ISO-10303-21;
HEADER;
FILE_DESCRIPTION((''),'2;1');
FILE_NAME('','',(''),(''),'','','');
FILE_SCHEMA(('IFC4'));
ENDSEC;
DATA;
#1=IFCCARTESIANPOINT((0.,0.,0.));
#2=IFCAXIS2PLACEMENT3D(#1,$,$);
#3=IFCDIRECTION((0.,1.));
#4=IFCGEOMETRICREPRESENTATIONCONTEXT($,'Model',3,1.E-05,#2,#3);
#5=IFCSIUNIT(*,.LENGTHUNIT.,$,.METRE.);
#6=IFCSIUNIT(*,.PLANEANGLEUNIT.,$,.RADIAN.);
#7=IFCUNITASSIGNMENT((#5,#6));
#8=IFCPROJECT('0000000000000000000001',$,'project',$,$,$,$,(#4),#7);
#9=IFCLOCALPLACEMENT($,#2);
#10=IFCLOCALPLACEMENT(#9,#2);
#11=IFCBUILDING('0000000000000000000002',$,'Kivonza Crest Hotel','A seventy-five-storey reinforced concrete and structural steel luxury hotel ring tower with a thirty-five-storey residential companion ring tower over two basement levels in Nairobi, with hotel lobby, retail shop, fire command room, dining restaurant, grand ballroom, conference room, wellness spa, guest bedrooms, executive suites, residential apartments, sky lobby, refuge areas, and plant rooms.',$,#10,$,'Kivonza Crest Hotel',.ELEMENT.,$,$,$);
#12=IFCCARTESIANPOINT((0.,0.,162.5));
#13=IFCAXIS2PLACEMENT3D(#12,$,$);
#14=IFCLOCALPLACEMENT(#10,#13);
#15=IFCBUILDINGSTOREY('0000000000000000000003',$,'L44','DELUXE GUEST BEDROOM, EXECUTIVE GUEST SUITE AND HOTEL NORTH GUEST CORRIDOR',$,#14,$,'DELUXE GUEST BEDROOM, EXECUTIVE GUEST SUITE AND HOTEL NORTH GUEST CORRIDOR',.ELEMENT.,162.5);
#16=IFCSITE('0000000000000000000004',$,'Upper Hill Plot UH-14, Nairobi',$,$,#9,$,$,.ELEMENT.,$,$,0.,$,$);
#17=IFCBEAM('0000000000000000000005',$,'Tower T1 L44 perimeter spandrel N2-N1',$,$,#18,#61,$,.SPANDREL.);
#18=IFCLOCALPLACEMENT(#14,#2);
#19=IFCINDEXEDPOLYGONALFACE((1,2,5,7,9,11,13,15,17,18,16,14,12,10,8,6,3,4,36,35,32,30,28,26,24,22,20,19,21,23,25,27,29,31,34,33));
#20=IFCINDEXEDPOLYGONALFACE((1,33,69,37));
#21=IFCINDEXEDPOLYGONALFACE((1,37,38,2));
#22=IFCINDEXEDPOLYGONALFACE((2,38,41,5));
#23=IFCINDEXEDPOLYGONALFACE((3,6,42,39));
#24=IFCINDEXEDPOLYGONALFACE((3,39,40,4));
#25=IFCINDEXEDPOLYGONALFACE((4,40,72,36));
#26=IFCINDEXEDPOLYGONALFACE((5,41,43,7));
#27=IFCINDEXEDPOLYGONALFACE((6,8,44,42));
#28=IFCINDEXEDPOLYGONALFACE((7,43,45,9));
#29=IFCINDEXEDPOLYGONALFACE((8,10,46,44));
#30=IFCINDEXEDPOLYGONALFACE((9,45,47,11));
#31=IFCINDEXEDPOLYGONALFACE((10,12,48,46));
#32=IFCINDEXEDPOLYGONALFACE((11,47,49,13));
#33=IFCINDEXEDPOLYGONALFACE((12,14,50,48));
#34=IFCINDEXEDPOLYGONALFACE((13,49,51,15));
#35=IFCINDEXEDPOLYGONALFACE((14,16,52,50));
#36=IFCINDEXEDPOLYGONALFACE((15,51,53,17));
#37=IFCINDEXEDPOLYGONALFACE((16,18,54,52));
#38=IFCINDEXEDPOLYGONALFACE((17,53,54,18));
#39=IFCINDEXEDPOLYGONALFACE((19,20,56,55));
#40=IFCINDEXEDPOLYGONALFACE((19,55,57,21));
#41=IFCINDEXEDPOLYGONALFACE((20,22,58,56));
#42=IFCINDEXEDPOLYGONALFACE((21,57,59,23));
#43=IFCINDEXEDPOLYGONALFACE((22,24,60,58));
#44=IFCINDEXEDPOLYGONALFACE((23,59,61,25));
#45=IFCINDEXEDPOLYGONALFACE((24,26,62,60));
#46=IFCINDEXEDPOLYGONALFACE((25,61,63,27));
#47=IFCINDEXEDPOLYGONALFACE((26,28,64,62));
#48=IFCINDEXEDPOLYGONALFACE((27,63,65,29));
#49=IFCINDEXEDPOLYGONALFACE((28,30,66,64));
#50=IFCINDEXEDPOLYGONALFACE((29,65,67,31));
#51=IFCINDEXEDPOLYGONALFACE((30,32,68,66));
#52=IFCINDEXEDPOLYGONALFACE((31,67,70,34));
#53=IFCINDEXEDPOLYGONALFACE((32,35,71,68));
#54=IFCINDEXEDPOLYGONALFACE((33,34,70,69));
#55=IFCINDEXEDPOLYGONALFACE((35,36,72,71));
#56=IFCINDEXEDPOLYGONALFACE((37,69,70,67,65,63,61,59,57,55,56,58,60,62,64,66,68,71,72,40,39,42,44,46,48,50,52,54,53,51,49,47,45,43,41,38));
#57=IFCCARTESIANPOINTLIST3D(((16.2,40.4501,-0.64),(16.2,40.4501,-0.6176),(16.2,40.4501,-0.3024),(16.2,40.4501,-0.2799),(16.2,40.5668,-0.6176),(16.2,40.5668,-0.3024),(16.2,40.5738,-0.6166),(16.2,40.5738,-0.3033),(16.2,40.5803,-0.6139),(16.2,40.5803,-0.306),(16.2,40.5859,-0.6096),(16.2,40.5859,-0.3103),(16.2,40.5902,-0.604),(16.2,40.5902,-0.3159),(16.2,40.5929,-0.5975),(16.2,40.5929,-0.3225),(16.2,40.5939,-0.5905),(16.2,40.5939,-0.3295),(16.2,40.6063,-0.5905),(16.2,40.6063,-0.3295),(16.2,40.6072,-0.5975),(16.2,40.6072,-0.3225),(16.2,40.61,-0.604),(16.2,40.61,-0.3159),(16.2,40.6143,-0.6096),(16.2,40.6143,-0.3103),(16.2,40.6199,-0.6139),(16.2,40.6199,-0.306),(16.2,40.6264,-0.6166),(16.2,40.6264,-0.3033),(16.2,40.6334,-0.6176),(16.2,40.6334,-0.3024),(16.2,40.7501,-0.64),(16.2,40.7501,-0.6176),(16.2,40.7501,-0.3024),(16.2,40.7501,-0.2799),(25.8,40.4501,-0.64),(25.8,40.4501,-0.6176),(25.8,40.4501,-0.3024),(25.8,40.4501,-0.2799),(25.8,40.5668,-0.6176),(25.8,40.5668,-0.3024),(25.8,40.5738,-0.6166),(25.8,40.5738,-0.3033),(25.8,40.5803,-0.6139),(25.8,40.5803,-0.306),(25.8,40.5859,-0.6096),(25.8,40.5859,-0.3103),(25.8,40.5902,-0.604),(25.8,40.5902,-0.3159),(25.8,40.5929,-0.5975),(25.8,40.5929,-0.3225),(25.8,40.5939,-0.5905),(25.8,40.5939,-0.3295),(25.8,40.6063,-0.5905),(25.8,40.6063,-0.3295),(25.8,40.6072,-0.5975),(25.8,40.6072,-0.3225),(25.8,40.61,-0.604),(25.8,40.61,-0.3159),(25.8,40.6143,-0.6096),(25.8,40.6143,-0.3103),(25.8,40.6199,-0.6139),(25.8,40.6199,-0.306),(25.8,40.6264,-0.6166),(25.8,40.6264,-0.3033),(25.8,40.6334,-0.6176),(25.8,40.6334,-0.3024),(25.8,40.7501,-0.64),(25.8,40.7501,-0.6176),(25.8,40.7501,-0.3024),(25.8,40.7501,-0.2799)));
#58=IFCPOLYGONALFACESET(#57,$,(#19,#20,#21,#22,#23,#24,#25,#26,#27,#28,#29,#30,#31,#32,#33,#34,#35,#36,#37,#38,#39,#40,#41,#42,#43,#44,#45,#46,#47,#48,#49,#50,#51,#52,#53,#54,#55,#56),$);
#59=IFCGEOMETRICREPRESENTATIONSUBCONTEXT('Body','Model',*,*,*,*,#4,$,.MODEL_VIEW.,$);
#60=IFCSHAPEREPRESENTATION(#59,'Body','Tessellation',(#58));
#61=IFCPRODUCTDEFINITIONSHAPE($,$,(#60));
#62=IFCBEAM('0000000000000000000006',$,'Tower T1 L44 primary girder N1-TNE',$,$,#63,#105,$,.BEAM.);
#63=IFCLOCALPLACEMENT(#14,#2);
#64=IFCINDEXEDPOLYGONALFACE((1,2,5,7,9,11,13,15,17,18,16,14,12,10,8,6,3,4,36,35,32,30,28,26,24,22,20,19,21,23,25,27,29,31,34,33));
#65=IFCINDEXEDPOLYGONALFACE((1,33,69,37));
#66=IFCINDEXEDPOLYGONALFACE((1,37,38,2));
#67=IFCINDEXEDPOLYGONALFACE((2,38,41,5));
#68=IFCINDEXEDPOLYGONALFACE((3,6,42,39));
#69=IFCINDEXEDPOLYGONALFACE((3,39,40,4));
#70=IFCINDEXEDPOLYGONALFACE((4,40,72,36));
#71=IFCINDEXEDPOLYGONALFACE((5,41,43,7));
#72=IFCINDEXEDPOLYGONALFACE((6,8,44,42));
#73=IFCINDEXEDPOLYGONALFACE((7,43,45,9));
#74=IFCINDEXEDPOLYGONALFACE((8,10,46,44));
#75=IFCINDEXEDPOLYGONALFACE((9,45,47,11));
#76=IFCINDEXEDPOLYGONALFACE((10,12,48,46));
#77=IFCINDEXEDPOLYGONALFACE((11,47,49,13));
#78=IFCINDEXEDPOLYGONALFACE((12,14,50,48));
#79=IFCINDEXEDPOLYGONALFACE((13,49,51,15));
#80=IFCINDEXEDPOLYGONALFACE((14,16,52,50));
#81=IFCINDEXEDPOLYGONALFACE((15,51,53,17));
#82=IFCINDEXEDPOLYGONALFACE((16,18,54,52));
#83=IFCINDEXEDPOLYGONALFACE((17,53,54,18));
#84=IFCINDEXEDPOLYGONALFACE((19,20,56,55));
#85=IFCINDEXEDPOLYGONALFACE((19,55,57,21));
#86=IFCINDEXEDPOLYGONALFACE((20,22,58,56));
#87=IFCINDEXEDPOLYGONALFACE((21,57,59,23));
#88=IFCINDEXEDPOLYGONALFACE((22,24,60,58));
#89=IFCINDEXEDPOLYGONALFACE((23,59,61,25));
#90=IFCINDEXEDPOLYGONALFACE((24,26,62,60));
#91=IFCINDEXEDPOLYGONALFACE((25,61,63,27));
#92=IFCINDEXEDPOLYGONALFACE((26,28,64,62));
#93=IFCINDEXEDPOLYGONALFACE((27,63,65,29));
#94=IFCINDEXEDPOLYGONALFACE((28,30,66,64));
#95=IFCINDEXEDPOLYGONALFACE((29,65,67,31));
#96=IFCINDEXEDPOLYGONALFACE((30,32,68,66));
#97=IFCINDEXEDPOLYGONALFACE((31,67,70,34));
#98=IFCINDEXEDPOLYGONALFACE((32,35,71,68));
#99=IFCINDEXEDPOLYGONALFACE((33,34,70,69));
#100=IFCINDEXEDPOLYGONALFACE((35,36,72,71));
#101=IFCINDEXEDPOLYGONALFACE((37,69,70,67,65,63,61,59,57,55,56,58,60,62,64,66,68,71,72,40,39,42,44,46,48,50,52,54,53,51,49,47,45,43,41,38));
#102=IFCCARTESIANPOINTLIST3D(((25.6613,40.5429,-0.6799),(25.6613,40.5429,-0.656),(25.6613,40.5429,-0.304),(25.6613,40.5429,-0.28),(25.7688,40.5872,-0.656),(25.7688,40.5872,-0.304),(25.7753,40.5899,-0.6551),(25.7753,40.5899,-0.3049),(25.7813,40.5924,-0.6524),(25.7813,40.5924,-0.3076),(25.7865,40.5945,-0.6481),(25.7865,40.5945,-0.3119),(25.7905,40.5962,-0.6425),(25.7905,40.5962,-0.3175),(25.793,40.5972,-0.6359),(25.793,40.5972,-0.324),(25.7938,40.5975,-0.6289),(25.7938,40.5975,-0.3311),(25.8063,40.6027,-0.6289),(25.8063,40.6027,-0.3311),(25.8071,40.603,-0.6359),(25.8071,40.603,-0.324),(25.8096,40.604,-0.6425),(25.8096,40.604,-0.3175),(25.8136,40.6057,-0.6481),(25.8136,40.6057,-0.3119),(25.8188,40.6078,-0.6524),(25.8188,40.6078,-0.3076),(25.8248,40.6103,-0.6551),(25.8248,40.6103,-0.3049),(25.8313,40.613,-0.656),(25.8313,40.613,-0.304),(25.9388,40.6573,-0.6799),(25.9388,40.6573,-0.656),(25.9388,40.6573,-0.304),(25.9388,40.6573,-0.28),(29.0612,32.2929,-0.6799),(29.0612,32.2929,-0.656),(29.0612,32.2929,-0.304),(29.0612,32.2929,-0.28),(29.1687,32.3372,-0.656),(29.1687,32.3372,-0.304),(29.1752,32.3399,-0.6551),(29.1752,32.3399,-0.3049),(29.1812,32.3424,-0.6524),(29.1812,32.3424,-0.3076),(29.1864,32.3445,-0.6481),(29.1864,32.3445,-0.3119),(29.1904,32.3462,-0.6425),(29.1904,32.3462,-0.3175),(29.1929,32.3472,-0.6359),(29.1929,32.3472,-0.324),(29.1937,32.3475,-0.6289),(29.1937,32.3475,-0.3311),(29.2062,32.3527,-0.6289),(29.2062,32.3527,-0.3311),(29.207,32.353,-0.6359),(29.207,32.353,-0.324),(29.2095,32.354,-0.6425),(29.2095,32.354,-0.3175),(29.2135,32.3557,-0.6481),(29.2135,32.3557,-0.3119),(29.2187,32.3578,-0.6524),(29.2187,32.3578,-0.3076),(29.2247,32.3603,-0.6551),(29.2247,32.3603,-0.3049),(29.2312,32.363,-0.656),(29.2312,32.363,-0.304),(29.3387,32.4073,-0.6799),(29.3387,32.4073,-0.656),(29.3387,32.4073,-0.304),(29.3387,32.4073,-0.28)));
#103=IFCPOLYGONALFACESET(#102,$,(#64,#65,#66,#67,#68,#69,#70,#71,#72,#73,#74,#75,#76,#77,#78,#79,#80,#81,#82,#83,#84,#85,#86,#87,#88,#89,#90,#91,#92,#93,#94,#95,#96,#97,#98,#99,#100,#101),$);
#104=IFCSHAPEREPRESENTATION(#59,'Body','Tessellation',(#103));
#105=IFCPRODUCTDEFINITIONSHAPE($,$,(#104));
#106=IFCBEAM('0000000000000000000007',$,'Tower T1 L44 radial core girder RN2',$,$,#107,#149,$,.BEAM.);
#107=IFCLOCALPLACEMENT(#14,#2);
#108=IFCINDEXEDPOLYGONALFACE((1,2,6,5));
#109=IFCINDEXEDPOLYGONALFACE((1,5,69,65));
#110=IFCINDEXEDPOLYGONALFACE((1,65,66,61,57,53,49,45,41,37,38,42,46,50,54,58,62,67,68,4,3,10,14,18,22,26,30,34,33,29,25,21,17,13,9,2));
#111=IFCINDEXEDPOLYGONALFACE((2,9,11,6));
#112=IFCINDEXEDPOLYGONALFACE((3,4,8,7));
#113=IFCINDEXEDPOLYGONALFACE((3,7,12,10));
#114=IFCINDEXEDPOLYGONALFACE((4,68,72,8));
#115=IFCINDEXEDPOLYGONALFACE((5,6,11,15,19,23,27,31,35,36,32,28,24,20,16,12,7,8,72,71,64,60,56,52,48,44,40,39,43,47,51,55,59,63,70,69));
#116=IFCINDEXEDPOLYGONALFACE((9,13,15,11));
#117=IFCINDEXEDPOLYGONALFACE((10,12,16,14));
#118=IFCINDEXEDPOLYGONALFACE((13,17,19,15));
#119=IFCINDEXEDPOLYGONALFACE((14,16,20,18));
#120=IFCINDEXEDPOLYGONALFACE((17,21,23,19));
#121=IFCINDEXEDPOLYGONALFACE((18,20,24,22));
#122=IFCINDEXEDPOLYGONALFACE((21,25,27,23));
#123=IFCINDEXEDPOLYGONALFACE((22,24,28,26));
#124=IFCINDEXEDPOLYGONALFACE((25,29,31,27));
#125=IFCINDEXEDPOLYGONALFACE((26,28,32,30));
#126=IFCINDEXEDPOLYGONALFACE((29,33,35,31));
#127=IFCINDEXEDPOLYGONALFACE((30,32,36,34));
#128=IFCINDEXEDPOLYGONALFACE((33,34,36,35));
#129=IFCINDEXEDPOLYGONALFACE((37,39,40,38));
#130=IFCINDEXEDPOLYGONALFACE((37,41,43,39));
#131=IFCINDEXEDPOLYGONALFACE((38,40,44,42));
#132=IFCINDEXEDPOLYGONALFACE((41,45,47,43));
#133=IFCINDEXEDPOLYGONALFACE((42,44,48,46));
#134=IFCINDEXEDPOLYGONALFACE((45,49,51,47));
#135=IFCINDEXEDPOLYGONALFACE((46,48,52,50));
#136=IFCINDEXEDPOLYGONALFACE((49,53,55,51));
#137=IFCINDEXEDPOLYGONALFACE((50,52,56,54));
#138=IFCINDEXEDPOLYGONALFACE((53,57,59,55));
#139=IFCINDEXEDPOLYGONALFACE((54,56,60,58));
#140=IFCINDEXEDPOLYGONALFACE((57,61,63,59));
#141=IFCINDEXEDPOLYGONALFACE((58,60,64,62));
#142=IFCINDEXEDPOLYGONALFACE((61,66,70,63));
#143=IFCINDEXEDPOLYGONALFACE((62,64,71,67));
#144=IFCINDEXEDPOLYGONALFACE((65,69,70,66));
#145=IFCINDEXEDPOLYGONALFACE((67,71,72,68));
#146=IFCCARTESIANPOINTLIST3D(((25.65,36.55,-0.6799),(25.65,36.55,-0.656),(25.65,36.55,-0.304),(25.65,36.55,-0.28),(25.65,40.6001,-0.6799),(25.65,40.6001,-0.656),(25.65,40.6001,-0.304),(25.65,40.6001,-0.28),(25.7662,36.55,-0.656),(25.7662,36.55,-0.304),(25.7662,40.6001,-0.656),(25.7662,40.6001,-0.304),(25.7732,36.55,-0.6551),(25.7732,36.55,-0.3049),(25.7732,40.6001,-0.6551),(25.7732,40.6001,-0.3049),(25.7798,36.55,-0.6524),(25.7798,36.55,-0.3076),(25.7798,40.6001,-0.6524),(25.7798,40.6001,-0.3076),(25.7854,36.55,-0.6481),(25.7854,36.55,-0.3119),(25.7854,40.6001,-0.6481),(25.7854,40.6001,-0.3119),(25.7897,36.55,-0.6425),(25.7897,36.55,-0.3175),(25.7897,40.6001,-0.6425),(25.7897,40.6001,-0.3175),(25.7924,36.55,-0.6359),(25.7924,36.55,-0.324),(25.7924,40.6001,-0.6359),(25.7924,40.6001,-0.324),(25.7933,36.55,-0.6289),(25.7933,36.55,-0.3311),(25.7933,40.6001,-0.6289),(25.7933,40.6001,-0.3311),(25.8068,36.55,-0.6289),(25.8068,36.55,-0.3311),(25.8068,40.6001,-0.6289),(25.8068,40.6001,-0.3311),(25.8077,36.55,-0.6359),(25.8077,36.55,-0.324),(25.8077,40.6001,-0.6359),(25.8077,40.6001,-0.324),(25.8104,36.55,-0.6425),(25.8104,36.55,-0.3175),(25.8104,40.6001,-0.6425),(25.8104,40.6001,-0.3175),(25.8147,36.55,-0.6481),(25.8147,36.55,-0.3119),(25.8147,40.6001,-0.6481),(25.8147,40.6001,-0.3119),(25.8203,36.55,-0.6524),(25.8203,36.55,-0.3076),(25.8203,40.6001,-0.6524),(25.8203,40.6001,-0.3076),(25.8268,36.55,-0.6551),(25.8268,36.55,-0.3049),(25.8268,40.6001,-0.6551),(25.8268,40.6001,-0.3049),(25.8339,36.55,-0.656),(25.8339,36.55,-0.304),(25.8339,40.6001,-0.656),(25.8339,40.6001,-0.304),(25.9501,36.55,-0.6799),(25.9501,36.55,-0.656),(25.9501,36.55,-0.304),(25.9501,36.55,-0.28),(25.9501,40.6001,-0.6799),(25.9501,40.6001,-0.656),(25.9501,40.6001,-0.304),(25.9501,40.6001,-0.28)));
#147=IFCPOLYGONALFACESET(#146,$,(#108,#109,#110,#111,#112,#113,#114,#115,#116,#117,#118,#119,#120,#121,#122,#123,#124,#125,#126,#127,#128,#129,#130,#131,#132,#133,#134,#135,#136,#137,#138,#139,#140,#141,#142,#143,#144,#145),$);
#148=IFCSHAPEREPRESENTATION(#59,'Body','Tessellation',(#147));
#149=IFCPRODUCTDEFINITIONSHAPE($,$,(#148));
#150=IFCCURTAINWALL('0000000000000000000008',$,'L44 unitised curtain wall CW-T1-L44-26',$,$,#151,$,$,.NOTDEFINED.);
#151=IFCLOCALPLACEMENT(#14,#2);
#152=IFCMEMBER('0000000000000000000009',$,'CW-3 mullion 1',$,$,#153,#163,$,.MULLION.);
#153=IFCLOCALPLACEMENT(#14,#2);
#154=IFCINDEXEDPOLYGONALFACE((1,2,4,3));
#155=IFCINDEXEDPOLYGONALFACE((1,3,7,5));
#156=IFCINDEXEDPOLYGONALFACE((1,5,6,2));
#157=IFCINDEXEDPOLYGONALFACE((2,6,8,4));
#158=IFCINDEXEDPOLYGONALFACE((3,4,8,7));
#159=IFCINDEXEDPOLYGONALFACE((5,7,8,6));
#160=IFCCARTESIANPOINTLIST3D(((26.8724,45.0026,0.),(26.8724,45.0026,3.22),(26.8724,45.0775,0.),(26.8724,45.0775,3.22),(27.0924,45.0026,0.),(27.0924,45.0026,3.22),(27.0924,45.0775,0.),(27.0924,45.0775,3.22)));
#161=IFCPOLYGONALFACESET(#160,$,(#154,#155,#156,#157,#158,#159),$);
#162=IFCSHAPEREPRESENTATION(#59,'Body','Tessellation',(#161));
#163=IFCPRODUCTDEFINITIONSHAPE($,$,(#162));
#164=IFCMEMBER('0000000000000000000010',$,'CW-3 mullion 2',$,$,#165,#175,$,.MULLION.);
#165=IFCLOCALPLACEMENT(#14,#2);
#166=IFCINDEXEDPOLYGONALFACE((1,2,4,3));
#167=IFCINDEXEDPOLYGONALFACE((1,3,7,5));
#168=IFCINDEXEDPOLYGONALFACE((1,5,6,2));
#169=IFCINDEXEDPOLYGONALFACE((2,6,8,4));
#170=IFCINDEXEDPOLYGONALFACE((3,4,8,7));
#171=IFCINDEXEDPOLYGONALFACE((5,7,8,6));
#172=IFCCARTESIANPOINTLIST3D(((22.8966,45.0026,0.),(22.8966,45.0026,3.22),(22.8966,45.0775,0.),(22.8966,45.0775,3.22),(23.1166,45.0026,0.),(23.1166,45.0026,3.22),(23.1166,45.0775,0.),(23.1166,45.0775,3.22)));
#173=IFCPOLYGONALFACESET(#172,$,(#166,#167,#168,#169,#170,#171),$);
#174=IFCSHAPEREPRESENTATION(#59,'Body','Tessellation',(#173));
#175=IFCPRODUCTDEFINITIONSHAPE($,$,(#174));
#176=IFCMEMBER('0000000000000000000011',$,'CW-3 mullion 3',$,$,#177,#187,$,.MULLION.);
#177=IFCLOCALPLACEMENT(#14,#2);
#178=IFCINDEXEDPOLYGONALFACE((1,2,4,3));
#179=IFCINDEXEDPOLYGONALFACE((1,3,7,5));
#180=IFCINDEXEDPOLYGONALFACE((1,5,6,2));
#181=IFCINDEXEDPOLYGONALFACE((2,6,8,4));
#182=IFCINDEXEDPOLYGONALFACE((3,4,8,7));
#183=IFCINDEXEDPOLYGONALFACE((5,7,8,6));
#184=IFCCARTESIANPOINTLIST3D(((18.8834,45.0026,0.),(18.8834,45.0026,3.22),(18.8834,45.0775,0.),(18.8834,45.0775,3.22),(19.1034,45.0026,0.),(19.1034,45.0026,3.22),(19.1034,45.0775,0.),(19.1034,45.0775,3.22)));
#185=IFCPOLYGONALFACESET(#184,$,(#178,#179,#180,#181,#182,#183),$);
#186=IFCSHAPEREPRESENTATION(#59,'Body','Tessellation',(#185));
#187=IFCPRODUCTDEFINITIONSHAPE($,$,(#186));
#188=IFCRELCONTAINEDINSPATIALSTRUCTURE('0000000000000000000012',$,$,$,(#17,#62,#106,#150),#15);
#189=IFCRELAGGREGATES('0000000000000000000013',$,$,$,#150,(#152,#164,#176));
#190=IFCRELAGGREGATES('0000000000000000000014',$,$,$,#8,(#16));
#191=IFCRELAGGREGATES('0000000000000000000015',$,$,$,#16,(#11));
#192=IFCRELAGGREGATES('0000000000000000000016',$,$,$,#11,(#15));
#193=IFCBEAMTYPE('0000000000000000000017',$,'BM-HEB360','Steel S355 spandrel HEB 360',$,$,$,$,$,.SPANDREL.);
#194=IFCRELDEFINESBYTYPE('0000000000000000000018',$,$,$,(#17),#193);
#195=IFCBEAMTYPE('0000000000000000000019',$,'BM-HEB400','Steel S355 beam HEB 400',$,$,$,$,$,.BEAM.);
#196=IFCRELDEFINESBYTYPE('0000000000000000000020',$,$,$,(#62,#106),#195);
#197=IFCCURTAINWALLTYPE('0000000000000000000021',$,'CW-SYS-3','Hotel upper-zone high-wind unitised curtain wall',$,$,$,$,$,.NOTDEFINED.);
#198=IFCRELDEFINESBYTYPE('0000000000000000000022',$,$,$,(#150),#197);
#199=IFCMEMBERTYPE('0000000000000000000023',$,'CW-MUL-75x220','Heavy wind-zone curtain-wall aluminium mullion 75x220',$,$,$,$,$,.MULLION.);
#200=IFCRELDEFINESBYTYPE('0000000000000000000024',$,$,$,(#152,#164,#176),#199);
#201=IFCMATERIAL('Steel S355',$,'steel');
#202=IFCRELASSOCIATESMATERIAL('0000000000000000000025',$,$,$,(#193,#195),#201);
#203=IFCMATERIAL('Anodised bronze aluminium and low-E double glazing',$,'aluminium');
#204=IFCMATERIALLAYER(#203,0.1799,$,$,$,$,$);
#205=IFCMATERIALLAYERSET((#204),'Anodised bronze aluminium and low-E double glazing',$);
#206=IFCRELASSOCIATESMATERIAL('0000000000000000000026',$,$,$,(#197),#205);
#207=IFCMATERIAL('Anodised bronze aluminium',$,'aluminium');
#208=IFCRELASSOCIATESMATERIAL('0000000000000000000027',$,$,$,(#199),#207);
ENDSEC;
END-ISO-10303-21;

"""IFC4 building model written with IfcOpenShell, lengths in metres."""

from ifc_helpers import new_model, si_unit, direction, frame, origin, origin_2d, place, context, subcontext, project, spatial, rectangle, i_section, extrude, material, layer, layer_set, material_profile, profile_set, type_object, element, aggregate, save


model = new_model("IFC4")

# Units and contexts
model_context = context("Model", 3, precision=1e-05, world=origin(), true_north=direction((0.0, 1.0)))
body_context = subcontext(model_context, "Body", "Model", "MODEL_VIEW")
ifc_project = project(units=[si_unit("LENGTHUNIT", "METRE"), si_unit("PLANEANGLEUNIT", "RADIAN")], contexts=[model_context])

# Site, building, storey
site_placement = place(None, origin())
site = spatial("IfcSite", under=ifc_project, at=site_placement, Name="Upper Hill Plot UH-14, Nairobi", CompositionType="ELEMENT", RefElevation=0.0)
building_placement = place(site_placement, origin())
building = spatial("IfcBuilding", under=site, at=building_placement, Name="Kivonza Crest Hotel", Description="A seventy-five-storey reinforced concrete and structural steel luxury hotel ring tower with a thirty-five-storey residential companion ring tower over two basement levels in Nairobi, with hotel lobby, retail shop, fire command room, dining restaurant, grand ballroom, conference room, wellness spa, guest bedrooms, executive suites, residential apartments, sky lobby, refuge areas, and plant rooms.", LongName="Kivonza Crest Hotel", CompositionType="ELEMENT")
storey_placement = place(building_placement, frame((0.0, 0.0, 162.5)))
storey = spatial("IfcBuildingStorey", under=building, at=storey_placement, Name="L44", Description="DELUXE GUEST BEDROOM, EXECUTIVE GUEST SUITE AND HOTEL NORTH GUEST CORRIDOR", LongName="DELUXE GUEST BEDROOM, EXECUTIVE GUEST SUITE AND HOTEL NORTH GUEST CORRIDOR", CompositionType="ELEMENT", Elevation=162.5)

# Beams
ifc_material_1 = material(Name="Steel S355", Category="steel")
ifc_material_profile_1 = material_profile(ifc_material_1, i_section(OverallWidth=0.3, OverallDepth=0.3601, WebThickness=0.0125, FlangeThickness=0.0225, FilletRadius=0.0271, at=origin_2d()), Name="HEB 360")
ifc_profile_set_1 = profile_set([ifc_material_profile_1], Name="Steel S355")
beam_type_1 = type_object("IfcBeamType", Name="BM-HEB360", Description="Steel S355 spandrel HEB 360", PredefinedType="SPANDREL", material=ifc_profile_set_1)
beam_1_placement = place(storey_placement, frame((25.8, 40.6001, -0.46), z_axis=(-1.0, 0.0, 0.0), x_axis=(0.0, -1.0, 0.0)))
element("IfcBeam", 1, at=beam_1_placement, inside=storey, type_object=beam_type_1, Name="Tower T1 L44 perimeter spandrel N2-N1", PredefinedType="SPANDREL", context=body_context, shape_type="SweptSolid", body=[
    extrude(i_section(OverallWidth=0.3, OverallDepth=0.3601, WebThickness=0.0125, FlangeThickness=0.0225, FilletRadius=0.0271, at=origin_2d()), origin(), (0.0, 0.0, 1.0), 9.6001),
])
ifc_material_profile_2 = material_profile(ifc_material_1, i_section(OverallWidth=0.3, OverallDepth=0.3999, WebThickness=0.0134, FlangeThickness=0.0239, FilletRadius=0.0271, at=origin_2d()), Name="HEB 400")
ifc_profile_set_2 = profile_set([ifc_material_profile_2], Name="Steel S355")
beam_type_2 = type_object("IfcBeamType", Name="BM-HEB400", Description="Steel S355 beam HEB 400", PredefinedType="BEAM", material=ifc_profile_set_2)
beam_2_placement = place(storey_placement, frame((25.8, 40.6001, -0.48), z_axis=(0.381022, -0.924566, 0.0), x_axis=(0.924566, 0.381022, 0.0)))
element("IfcBeam", 2, at=beam_2_placement, inside=storey, type_object=beam_type_2, Name="Tower T1 L44 primary girder N1-TNE", PredefinedType="BEAM", context=body_context, shape_type="SweptSolid", body=[
    extrude(i_section(OverallWidth=0.3, OverallDepth=0.3999, WebThickness=0.0134, FlangeThickness=0.0239, FilletRadius=0.0271, at=origin_2d()), origin(), (0.0, 0.0, 1.0), 8.9231),
])
beam_3_placement = place(storey_placement, frame((25.8, 40.6001, -0.48), z_axis=(0.0, -1.0, 0.0), x_axis=(1.0, 0.0, 0.0)))
element("IfcBeam", 3, at=beam_3_placement, inside=storey, type_object=beam_type_2, Name="Tower T1 L44 radial core girder RN2", PredefinedType="BEAM", context=body_context, shape_type="SweptSolid", body=[
    extrude(i_section(OverallWidth=0.3, OverallDepth=0.3999, WebThickness=0.0134, FlangeThickness=0.0239, FilletRadius=0.0271, at=origin_2d()), origin(), (0.0, 0.0, 1.0), 4.05),
])

# Curtain wall, members
ifc_material_2 = material(Name="Anodised bronze aluminium and low-E double glazing", Category="aluminium")
ifc_layer_1 = layer(ifc_material_2, 0.1799)
ifc_layer_set_1 = layer_set([ifc_layer_1], Name="Anodised bronze aluminium and low-E double glazing")
curtain_wall_type = type_object("IfcCurtainWallType", Name="CW-SYS-3", Description="Hotel upper-zone high-wind unitised curtain wall", PredefinedType="NOTDEFINED", material=ifc_layer_set_1)
curtain_wall_placement = place(storey_placement, origin())
curtain_wall = element("IfcCurtainWall", 4, at=curtain_wall_placement, inside=storey, type_object=curtain_wall_type, Name="L44 unitised curtain wall CW-T1-L44-26", PredefinedType="NOTDEFINED")
ifc_material_3 = material(Name="Anodised bronze aluminium", Category="aluminium")
ifc_material_profile_3 = material_profile(ifc_material_3, rectangle(XDim=0.075, YDim=0.22, at=origin_2d()), Name="CW-M 75x220")
ifc_profile_set_3 = profile_set([ifc_material_profile_3], Name="Anodised bronze aluminium")
member_type_1 = type_object("IfcMemberType", Name="CW-MUL-75x220", Description="Heavy wind-zone curtain-wall aluminium mullion 75x220", PredefinedType="MULLION", material=ifc_profile_set_3)
member_1_placement = place(storey_placement, frame((26.9824, 45.04, 0.0), z_axis=(0.0, 0.0, 1.0), x_axis=(0.0, -1.0, 0.0)))
member_1 = element("IfcMember", 5, at=member_1_placement, type_object=member_type_1, Name="CW-3 mullion 1", PredefinedType="MULLION", context=body_context, shape_type="SweptSolid", body=[
    extrude(rectangle(XDim=0.075, YDim=0.22, at=origin_2d()), origin(), (0.0, 0.0, 1.0), 3.22),
])
member_2_placement = place(storey_placement, frame((23.0066, 45.04, 0.0), z_axis=(0.0, 0.0, 1.0), x_axis=(0.0, -1.0, 0.0)))
member_2 = element("IfcMember", 6, at=member_2_placement, type_object=member_type_1, Name="CW-3 mullion 2", PredefinedType="MULLION", context=body_context, shape_type="SweptSolid", body=[
    extrude(rectangle(XDim=0.075, YDim=0.22, at=origin_2d()), origin(), (0.0, 0.0, 1.0), 3.22),
])
member_3_placement = place(storey_placement, frame((18.9934, 45.04, 0.0), z_axis=(0.0, 0.0, 1.0), x_axis=(0.0, -1.0, 0.0)))
member_3 = element("IfcMember", 7, at=member_3_placement, type_object=member_type_1, Name="CW-3 mullion 3", PredefinedType="MULLION", context=body_context, shape_type="SweptSolid", body=[
    extrude(rectangle(XDim=0.075, YDim=0.22, at=origin_2d()), origin(), (0.0, 0.0, 1.0), 3.22),
])
aggregate(curtain_wall, [member_1, member_2, member_3])

save(model, "model.ifc")
